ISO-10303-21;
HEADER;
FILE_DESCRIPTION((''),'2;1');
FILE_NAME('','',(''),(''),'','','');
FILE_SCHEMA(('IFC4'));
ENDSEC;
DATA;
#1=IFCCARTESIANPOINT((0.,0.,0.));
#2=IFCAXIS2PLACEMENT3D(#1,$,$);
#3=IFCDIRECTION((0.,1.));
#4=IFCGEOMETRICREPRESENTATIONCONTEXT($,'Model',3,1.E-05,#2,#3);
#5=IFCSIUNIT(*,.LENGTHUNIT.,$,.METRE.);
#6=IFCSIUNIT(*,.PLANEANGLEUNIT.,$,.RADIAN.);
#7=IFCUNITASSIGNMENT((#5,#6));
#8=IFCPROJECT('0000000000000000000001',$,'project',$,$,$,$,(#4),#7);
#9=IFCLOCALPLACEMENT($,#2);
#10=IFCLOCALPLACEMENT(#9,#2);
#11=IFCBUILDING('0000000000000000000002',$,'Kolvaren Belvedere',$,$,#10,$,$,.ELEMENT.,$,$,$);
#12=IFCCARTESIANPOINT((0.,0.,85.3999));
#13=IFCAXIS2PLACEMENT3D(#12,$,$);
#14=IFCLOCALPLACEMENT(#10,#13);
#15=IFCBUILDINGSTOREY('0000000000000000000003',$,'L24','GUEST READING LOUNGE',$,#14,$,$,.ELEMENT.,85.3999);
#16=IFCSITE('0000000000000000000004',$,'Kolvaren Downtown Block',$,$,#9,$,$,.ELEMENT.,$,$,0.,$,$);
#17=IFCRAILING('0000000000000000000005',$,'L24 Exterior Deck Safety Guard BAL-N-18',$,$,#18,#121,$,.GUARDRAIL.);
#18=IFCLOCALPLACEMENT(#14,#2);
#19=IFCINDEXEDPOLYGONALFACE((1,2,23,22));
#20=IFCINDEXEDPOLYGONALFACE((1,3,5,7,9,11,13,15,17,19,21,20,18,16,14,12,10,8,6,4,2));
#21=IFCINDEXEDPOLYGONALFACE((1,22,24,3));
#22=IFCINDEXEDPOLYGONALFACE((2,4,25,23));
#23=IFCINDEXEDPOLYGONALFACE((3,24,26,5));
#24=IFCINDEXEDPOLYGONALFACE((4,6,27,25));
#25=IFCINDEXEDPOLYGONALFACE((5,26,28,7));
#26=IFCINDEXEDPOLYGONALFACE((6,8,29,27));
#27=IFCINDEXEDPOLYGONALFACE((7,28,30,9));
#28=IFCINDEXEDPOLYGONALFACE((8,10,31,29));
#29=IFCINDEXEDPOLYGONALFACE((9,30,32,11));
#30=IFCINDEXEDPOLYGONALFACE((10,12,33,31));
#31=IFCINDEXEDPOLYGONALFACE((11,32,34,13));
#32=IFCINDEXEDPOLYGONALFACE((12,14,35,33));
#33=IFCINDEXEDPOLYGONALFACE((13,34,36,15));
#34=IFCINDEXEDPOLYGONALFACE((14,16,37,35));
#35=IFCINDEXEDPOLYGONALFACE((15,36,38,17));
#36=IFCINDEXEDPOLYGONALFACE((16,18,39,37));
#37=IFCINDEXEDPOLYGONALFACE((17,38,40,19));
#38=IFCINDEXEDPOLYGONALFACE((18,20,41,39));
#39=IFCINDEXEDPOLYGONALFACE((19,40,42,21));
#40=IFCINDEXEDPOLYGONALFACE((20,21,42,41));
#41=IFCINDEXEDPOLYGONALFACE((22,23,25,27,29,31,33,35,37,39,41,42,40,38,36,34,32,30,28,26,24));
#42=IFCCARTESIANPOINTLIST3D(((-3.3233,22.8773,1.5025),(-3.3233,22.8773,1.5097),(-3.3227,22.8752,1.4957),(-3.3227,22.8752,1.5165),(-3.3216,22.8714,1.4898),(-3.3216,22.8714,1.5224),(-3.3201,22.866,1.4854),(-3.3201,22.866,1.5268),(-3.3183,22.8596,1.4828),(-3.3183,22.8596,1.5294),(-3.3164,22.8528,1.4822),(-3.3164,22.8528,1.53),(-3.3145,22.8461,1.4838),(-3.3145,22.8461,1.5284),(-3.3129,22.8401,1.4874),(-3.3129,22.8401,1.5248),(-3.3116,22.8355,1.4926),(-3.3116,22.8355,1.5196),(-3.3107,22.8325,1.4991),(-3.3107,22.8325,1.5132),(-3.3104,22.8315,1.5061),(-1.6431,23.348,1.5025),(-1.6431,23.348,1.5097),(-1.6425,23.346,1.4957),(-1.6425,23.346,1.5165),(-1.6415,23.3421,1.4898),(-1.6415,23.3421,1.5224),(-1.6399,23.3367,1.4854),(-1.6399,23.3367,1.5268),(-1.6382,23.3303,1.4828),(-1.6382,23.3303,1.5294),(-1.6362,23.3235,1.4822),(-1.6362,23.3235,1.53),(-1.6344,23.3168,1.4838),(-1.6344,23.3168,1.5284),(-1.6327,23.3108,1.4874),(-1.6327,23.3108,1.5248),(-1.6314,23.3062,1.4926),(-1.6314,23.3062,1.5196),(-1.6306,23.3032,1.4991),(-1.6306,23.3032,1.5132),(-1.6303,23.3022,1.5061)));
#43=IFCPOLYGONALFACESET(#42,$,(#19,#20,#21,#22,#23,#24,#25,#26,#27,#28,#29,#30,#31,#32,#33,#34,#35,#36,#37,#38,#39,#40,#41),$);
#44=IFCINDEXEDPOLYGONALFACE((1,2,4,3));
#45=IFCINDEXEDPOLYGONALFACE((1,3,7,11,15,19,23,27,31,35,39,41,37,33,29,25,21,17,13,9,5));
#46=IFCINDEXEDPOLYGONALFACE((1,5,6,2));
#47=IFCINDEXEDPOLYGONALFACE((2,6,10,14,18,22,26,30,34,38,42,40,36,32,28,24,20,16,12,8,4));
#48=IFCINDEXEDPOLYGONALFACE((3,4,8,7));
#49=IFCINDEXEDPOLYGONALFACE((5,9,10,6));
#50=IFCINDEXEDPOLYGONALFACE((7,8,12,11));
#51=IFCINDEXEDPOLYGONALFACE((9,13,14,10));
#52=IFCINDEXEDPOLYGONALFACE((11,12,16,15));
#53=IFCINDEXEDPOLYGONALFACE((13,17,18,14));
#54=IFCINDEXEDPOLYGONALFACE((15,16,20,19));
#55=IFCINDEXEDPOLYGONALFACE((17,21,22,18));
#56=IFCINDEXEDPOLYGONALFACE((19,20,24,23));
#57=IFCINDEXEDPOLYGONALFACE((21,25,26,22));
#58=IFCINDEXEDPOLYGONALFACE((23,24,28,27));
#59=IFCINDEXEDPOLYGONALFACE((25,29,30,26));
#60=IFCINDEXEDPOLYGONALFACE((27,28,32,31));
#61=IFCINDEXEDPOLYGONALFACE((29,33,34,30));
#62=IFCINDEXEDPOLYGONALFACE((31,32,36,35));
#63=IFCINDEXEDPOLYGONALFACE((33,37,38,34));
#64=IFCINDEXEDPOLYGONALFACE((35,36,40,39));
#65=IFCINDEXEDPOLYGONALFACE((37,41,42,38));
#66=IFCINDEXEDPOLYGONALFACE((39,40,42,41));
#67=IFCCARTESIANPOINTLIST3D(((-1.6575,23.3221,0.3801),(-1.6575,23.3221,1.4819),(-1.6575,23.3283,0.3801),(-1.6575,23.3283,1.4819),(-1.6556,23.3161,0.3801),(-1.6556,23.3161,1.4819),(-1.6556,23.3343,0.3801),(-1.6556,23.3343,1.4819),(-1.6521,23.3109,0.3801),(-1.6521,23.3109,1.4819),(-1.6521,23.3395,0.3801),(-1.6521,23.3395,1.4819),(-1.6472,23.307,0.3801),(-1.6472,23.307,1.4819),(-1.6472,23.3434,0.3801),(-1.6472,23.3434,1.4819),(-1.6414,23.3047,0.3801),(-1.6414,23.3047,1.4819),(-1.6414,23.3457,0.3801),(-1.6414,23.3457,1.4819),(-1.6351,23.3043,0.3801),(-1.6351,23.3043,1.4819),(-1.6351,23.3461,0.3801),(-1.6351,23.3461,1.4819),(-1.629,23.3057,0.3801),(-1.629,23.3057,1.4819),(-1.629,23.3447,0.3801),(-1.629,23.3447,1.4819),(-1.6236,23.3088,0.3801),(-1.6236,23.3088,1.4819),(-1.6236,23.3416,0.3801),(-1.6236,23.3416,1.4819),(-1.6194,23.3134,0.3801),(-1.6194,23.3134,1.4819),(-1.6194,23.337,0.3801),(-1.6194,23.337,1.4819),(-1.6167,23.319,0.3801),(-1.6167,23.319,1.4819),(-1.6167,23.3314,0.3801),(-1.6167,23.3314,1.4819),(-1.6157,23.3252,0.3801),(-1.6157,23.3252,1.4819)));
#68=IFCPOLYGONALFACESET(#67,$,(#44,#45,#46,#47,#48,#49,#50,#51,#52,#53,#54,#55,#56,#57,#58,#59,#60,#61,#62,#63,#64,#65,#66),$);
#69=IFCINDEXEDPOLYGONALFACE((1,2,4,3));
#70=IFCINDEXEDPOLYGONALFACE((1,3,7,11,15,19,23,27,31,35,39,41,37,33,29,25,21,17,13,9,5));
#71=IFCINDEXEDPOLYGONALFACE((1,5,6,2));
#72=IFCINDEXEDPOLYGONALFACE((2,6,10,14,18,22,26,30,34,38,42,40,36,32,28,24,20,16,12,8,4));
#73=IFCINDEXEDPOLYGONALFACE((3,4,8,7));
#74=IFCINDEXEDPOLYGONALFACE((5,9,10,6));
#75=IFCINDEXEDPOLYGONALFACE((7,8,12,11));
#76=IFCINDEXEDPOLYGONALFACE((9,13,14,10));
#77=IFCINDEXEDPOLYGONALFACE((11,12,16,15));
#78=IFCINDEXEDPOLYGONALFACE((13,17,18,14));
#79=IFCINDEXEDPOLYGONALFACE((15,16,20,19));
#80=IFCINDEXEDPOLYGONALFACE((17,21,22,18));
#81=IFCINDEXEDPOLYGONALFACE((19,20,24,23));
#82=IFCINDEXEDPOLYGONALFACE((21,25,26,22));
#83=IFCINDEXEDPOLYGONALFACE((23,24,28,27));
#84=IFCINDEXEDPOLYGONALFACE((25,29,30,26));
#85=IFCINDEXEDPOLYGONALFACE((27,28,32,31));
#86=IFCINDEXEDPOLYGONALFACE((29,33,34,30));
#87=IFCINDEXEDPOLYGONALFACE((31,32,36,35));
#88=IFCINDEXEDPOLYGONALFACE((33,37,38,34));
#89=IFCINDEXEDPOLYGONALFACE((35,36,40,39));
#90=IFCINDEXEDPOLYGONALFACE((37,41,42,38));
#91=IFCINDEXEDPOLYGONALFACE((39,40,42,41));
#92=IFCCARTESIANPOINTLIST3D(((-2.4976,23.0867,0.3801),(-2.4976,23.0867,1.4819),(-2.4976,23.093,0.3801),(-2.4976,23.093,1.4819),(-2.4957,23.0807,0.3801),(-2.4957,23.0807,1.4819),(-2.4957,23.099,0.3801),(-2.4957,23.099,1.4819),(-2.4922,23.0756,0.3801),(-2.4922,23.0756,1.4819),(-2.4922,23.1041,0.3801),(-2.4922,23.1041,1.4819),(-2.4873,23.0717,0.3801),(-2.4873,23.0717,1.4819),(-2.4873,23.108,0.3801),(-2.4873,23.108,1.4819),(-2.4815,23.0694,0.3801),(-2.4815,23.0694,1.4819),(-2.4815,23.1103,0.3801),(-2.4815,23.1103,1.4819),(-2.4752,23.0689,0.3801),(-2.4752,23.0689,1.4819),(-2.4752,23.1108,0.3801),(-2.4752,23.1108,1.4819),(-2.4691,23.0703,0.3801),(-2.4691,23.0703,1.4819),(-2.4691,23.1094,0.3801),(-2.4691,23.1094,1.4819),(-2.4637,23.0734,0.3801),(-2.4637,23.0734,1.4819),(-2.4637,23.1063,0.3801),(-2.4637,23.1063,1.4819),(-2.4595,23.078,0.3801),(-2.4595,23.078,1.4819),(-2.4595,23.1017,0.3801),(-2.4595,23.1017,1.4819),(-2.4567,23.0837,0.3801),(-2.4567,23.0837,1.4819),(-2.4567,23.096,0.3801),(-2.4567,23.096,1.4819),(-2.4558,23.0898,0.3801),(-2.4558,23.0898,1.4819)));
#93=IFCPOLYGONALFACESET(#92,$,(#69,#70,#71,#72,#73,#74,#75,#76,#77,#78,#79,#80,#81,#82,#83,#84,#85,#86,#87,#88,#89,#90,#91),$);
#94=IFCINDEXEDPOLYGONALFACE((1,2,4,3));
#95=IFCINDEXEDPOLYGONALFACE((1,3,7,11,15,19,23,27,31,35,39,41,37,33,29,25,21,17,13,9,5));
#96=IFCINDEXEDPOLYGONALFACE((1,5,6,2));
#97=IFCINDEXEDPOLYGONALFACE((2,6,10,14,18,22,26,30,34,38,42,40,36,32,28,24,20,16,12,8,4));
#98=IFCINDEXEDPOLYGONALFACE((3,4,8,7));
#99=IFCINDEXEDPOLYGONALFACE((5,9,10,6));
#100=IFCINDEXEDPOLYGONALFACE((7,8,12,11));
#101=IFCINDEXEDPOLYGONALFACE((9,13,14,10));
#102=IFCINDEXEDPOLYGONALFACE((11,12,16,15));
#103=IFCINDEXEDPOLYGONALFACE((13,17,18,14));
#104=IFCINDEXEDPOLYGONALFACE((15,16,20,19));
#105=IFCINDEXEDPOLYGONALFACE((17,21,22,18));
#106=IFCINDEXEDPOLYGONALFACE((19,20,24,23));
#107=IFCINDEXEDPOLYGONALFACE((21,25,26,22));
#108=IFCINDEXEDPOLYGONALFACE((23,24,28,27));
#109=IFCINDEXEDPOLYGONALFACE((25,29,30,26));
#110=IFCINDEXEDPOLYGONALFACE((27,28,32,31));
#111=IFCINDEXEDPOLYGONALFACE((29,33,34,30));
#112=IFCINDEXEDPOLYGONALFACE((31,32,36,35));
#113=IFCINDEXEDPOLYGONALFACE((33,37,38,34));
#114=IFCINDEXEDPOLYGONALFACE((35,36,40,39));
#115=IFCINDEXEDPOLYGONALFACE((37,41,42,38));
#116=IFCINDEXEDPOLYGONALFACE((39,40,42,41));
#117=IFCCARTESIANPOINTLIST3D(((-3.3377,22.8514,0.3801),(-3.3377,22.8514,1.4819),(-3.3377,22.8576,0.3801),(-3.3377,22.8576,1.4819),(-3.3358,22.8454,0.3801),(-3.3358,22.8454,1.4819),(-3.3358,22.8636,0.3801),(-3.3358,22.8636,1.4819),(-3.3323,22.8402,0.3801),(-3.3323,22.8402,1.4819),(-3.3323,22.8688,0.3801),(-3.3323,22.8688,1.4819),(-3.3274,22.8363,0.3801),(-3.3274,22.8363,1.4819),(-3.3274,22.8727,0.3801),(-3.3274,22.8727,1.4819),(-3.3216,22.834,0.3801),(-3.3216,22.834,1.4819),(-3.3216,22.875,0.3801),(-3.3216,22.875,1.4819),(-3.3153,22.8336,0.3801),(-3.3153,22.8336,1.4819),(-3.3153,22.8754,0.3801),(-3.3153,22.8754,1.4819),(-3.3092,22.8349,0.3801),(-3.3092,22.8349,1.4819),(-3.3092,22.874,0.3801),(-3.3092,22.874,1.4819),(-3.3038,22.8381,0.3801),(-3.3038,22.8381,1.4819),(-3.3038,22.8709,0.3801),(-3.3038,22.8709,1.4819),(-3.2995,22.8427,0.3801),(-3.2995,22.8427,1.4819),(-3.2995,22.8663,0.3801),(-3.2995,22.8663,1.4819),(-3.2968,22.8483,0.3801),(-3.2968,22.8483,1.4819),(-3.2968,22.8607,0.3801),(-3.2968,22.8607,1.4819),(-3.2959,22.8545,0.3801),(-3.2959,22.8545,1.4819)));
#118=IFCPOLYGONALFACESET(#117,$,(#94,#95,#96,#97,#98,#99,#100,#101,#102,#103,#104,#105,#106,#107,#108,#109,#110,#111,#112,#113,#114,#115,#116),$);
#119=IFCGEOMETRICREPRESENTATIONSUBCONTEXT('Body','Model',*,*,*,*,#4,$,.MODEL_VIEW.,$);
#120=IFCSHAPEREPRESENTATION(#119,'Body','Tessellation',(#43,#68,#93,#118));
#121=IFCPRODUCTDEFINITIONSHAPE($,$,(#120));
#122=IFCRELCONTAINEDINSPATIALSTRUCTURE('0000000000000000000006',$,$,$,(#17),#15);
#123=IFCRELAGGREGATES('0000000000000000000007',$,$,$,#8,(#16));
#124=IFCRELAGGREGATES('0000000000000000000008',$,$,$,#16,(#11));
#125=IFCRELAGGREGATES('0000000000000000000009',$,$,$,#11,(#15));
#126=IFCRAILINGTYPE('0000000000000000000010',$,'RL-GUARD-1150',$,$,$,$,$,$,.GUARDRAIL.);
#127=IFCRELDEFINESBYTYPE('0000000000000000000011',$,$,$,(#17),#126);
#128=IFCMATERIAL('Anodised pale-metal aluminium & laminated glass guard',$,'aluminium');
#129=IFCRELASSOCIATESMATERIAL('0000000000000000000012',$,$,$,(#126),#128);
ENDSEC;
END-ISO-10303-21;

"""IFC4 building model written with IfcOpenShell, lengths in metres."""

from ifc_helpers import new_model, si_unit, direction, frame, origin, origin_2d, place, context, subcontext, project, spatial, circle, extrude, material, type_object, element, save


model = new_model("IFC4")

# Units and contexts
model_context = context("Model", 3, precision=1e-05, world=origin(), true_north=direction((0.0, 1.0)))
body_context = subcontext(model_context, "Body", "Model", "MODEL_VIEW")
ifc_project = project(units=[si_unit("LENGTHUNIT", "METRE"), si_unit("PLANEANGLEUNIT", "RADIAN")], contexts=[model_context])

# Site, building, storey
site_placement = place(None, origin())
site = spatial("IfcSite", under=ifc_project, at=site_placement, Name="Kolvaren Downtown Block", CompositionType="ELEMENT", RefElevation=0.0)
building_placement = place(site_placement, origin())
building = spatial("IfcBuilding", under=site, at=building_placement, Name="Kolvaren Belvedere", CompositionType="ELEMENT")
storey_placement = place(building_placement, frame((0.0, 0.0, 85.3999)))
storey = spatial("IfcBuildingStorey", under=building, at=storey_placement, Name="L24", Description="GUEST READING LOUNGE", CompositionType="ELEMENT", Elevation=85.3999)

# Railing
ifc_material_1 = material(Name="Anodised pale-metal aluminium & laminated glass guard", Category="aluminium")
railing_type = type_object("IfcRailingType", Name="RL-GUARD-1150", PredefinedType="GUARDRAIL", material=ifc_material_1)
railing_1_placement = place(storey_placement, frame((-1.6367, 23.3252, 0.3801)))
element("IfcRailing", 1, at=railing_1_placement, inside=storey, type_object=railing_type, Name="L24 Exterior Deck Safety Guard BAL-N-18", PredefinedType="GUARDRAIL", context=body_context, shape_type="SweptSolid", body=[
    extrude(circle(Radius=0.0239, at=origin_2d()), frame((0.0, 0.0, 1.126), z_axis=(-0.962926, -0.269765, 0.0), x_axis=(0.269765, -0.962926, 0.0)), (0.0, 0.0, 1.0), 1.7449),
    extrude(circle(Radius=0.021, at=origin_2d()), origin(), (0.0, 0.0, 1.0), 1.1018),
    extrude(circle(Radius=0.021, at=origin_2d()), frame((-0.8401, -0.2354, 0.0)), (0.0, 0.0, 1.0), 1.1018),
    extrude(circle(Radius=0.021, at=origin_2d()), frame((-1.6802, -0.4707, 0.0)), (0.0, 0.0, 1.0), 1.1018),
])

save(model, "model.ifc")
